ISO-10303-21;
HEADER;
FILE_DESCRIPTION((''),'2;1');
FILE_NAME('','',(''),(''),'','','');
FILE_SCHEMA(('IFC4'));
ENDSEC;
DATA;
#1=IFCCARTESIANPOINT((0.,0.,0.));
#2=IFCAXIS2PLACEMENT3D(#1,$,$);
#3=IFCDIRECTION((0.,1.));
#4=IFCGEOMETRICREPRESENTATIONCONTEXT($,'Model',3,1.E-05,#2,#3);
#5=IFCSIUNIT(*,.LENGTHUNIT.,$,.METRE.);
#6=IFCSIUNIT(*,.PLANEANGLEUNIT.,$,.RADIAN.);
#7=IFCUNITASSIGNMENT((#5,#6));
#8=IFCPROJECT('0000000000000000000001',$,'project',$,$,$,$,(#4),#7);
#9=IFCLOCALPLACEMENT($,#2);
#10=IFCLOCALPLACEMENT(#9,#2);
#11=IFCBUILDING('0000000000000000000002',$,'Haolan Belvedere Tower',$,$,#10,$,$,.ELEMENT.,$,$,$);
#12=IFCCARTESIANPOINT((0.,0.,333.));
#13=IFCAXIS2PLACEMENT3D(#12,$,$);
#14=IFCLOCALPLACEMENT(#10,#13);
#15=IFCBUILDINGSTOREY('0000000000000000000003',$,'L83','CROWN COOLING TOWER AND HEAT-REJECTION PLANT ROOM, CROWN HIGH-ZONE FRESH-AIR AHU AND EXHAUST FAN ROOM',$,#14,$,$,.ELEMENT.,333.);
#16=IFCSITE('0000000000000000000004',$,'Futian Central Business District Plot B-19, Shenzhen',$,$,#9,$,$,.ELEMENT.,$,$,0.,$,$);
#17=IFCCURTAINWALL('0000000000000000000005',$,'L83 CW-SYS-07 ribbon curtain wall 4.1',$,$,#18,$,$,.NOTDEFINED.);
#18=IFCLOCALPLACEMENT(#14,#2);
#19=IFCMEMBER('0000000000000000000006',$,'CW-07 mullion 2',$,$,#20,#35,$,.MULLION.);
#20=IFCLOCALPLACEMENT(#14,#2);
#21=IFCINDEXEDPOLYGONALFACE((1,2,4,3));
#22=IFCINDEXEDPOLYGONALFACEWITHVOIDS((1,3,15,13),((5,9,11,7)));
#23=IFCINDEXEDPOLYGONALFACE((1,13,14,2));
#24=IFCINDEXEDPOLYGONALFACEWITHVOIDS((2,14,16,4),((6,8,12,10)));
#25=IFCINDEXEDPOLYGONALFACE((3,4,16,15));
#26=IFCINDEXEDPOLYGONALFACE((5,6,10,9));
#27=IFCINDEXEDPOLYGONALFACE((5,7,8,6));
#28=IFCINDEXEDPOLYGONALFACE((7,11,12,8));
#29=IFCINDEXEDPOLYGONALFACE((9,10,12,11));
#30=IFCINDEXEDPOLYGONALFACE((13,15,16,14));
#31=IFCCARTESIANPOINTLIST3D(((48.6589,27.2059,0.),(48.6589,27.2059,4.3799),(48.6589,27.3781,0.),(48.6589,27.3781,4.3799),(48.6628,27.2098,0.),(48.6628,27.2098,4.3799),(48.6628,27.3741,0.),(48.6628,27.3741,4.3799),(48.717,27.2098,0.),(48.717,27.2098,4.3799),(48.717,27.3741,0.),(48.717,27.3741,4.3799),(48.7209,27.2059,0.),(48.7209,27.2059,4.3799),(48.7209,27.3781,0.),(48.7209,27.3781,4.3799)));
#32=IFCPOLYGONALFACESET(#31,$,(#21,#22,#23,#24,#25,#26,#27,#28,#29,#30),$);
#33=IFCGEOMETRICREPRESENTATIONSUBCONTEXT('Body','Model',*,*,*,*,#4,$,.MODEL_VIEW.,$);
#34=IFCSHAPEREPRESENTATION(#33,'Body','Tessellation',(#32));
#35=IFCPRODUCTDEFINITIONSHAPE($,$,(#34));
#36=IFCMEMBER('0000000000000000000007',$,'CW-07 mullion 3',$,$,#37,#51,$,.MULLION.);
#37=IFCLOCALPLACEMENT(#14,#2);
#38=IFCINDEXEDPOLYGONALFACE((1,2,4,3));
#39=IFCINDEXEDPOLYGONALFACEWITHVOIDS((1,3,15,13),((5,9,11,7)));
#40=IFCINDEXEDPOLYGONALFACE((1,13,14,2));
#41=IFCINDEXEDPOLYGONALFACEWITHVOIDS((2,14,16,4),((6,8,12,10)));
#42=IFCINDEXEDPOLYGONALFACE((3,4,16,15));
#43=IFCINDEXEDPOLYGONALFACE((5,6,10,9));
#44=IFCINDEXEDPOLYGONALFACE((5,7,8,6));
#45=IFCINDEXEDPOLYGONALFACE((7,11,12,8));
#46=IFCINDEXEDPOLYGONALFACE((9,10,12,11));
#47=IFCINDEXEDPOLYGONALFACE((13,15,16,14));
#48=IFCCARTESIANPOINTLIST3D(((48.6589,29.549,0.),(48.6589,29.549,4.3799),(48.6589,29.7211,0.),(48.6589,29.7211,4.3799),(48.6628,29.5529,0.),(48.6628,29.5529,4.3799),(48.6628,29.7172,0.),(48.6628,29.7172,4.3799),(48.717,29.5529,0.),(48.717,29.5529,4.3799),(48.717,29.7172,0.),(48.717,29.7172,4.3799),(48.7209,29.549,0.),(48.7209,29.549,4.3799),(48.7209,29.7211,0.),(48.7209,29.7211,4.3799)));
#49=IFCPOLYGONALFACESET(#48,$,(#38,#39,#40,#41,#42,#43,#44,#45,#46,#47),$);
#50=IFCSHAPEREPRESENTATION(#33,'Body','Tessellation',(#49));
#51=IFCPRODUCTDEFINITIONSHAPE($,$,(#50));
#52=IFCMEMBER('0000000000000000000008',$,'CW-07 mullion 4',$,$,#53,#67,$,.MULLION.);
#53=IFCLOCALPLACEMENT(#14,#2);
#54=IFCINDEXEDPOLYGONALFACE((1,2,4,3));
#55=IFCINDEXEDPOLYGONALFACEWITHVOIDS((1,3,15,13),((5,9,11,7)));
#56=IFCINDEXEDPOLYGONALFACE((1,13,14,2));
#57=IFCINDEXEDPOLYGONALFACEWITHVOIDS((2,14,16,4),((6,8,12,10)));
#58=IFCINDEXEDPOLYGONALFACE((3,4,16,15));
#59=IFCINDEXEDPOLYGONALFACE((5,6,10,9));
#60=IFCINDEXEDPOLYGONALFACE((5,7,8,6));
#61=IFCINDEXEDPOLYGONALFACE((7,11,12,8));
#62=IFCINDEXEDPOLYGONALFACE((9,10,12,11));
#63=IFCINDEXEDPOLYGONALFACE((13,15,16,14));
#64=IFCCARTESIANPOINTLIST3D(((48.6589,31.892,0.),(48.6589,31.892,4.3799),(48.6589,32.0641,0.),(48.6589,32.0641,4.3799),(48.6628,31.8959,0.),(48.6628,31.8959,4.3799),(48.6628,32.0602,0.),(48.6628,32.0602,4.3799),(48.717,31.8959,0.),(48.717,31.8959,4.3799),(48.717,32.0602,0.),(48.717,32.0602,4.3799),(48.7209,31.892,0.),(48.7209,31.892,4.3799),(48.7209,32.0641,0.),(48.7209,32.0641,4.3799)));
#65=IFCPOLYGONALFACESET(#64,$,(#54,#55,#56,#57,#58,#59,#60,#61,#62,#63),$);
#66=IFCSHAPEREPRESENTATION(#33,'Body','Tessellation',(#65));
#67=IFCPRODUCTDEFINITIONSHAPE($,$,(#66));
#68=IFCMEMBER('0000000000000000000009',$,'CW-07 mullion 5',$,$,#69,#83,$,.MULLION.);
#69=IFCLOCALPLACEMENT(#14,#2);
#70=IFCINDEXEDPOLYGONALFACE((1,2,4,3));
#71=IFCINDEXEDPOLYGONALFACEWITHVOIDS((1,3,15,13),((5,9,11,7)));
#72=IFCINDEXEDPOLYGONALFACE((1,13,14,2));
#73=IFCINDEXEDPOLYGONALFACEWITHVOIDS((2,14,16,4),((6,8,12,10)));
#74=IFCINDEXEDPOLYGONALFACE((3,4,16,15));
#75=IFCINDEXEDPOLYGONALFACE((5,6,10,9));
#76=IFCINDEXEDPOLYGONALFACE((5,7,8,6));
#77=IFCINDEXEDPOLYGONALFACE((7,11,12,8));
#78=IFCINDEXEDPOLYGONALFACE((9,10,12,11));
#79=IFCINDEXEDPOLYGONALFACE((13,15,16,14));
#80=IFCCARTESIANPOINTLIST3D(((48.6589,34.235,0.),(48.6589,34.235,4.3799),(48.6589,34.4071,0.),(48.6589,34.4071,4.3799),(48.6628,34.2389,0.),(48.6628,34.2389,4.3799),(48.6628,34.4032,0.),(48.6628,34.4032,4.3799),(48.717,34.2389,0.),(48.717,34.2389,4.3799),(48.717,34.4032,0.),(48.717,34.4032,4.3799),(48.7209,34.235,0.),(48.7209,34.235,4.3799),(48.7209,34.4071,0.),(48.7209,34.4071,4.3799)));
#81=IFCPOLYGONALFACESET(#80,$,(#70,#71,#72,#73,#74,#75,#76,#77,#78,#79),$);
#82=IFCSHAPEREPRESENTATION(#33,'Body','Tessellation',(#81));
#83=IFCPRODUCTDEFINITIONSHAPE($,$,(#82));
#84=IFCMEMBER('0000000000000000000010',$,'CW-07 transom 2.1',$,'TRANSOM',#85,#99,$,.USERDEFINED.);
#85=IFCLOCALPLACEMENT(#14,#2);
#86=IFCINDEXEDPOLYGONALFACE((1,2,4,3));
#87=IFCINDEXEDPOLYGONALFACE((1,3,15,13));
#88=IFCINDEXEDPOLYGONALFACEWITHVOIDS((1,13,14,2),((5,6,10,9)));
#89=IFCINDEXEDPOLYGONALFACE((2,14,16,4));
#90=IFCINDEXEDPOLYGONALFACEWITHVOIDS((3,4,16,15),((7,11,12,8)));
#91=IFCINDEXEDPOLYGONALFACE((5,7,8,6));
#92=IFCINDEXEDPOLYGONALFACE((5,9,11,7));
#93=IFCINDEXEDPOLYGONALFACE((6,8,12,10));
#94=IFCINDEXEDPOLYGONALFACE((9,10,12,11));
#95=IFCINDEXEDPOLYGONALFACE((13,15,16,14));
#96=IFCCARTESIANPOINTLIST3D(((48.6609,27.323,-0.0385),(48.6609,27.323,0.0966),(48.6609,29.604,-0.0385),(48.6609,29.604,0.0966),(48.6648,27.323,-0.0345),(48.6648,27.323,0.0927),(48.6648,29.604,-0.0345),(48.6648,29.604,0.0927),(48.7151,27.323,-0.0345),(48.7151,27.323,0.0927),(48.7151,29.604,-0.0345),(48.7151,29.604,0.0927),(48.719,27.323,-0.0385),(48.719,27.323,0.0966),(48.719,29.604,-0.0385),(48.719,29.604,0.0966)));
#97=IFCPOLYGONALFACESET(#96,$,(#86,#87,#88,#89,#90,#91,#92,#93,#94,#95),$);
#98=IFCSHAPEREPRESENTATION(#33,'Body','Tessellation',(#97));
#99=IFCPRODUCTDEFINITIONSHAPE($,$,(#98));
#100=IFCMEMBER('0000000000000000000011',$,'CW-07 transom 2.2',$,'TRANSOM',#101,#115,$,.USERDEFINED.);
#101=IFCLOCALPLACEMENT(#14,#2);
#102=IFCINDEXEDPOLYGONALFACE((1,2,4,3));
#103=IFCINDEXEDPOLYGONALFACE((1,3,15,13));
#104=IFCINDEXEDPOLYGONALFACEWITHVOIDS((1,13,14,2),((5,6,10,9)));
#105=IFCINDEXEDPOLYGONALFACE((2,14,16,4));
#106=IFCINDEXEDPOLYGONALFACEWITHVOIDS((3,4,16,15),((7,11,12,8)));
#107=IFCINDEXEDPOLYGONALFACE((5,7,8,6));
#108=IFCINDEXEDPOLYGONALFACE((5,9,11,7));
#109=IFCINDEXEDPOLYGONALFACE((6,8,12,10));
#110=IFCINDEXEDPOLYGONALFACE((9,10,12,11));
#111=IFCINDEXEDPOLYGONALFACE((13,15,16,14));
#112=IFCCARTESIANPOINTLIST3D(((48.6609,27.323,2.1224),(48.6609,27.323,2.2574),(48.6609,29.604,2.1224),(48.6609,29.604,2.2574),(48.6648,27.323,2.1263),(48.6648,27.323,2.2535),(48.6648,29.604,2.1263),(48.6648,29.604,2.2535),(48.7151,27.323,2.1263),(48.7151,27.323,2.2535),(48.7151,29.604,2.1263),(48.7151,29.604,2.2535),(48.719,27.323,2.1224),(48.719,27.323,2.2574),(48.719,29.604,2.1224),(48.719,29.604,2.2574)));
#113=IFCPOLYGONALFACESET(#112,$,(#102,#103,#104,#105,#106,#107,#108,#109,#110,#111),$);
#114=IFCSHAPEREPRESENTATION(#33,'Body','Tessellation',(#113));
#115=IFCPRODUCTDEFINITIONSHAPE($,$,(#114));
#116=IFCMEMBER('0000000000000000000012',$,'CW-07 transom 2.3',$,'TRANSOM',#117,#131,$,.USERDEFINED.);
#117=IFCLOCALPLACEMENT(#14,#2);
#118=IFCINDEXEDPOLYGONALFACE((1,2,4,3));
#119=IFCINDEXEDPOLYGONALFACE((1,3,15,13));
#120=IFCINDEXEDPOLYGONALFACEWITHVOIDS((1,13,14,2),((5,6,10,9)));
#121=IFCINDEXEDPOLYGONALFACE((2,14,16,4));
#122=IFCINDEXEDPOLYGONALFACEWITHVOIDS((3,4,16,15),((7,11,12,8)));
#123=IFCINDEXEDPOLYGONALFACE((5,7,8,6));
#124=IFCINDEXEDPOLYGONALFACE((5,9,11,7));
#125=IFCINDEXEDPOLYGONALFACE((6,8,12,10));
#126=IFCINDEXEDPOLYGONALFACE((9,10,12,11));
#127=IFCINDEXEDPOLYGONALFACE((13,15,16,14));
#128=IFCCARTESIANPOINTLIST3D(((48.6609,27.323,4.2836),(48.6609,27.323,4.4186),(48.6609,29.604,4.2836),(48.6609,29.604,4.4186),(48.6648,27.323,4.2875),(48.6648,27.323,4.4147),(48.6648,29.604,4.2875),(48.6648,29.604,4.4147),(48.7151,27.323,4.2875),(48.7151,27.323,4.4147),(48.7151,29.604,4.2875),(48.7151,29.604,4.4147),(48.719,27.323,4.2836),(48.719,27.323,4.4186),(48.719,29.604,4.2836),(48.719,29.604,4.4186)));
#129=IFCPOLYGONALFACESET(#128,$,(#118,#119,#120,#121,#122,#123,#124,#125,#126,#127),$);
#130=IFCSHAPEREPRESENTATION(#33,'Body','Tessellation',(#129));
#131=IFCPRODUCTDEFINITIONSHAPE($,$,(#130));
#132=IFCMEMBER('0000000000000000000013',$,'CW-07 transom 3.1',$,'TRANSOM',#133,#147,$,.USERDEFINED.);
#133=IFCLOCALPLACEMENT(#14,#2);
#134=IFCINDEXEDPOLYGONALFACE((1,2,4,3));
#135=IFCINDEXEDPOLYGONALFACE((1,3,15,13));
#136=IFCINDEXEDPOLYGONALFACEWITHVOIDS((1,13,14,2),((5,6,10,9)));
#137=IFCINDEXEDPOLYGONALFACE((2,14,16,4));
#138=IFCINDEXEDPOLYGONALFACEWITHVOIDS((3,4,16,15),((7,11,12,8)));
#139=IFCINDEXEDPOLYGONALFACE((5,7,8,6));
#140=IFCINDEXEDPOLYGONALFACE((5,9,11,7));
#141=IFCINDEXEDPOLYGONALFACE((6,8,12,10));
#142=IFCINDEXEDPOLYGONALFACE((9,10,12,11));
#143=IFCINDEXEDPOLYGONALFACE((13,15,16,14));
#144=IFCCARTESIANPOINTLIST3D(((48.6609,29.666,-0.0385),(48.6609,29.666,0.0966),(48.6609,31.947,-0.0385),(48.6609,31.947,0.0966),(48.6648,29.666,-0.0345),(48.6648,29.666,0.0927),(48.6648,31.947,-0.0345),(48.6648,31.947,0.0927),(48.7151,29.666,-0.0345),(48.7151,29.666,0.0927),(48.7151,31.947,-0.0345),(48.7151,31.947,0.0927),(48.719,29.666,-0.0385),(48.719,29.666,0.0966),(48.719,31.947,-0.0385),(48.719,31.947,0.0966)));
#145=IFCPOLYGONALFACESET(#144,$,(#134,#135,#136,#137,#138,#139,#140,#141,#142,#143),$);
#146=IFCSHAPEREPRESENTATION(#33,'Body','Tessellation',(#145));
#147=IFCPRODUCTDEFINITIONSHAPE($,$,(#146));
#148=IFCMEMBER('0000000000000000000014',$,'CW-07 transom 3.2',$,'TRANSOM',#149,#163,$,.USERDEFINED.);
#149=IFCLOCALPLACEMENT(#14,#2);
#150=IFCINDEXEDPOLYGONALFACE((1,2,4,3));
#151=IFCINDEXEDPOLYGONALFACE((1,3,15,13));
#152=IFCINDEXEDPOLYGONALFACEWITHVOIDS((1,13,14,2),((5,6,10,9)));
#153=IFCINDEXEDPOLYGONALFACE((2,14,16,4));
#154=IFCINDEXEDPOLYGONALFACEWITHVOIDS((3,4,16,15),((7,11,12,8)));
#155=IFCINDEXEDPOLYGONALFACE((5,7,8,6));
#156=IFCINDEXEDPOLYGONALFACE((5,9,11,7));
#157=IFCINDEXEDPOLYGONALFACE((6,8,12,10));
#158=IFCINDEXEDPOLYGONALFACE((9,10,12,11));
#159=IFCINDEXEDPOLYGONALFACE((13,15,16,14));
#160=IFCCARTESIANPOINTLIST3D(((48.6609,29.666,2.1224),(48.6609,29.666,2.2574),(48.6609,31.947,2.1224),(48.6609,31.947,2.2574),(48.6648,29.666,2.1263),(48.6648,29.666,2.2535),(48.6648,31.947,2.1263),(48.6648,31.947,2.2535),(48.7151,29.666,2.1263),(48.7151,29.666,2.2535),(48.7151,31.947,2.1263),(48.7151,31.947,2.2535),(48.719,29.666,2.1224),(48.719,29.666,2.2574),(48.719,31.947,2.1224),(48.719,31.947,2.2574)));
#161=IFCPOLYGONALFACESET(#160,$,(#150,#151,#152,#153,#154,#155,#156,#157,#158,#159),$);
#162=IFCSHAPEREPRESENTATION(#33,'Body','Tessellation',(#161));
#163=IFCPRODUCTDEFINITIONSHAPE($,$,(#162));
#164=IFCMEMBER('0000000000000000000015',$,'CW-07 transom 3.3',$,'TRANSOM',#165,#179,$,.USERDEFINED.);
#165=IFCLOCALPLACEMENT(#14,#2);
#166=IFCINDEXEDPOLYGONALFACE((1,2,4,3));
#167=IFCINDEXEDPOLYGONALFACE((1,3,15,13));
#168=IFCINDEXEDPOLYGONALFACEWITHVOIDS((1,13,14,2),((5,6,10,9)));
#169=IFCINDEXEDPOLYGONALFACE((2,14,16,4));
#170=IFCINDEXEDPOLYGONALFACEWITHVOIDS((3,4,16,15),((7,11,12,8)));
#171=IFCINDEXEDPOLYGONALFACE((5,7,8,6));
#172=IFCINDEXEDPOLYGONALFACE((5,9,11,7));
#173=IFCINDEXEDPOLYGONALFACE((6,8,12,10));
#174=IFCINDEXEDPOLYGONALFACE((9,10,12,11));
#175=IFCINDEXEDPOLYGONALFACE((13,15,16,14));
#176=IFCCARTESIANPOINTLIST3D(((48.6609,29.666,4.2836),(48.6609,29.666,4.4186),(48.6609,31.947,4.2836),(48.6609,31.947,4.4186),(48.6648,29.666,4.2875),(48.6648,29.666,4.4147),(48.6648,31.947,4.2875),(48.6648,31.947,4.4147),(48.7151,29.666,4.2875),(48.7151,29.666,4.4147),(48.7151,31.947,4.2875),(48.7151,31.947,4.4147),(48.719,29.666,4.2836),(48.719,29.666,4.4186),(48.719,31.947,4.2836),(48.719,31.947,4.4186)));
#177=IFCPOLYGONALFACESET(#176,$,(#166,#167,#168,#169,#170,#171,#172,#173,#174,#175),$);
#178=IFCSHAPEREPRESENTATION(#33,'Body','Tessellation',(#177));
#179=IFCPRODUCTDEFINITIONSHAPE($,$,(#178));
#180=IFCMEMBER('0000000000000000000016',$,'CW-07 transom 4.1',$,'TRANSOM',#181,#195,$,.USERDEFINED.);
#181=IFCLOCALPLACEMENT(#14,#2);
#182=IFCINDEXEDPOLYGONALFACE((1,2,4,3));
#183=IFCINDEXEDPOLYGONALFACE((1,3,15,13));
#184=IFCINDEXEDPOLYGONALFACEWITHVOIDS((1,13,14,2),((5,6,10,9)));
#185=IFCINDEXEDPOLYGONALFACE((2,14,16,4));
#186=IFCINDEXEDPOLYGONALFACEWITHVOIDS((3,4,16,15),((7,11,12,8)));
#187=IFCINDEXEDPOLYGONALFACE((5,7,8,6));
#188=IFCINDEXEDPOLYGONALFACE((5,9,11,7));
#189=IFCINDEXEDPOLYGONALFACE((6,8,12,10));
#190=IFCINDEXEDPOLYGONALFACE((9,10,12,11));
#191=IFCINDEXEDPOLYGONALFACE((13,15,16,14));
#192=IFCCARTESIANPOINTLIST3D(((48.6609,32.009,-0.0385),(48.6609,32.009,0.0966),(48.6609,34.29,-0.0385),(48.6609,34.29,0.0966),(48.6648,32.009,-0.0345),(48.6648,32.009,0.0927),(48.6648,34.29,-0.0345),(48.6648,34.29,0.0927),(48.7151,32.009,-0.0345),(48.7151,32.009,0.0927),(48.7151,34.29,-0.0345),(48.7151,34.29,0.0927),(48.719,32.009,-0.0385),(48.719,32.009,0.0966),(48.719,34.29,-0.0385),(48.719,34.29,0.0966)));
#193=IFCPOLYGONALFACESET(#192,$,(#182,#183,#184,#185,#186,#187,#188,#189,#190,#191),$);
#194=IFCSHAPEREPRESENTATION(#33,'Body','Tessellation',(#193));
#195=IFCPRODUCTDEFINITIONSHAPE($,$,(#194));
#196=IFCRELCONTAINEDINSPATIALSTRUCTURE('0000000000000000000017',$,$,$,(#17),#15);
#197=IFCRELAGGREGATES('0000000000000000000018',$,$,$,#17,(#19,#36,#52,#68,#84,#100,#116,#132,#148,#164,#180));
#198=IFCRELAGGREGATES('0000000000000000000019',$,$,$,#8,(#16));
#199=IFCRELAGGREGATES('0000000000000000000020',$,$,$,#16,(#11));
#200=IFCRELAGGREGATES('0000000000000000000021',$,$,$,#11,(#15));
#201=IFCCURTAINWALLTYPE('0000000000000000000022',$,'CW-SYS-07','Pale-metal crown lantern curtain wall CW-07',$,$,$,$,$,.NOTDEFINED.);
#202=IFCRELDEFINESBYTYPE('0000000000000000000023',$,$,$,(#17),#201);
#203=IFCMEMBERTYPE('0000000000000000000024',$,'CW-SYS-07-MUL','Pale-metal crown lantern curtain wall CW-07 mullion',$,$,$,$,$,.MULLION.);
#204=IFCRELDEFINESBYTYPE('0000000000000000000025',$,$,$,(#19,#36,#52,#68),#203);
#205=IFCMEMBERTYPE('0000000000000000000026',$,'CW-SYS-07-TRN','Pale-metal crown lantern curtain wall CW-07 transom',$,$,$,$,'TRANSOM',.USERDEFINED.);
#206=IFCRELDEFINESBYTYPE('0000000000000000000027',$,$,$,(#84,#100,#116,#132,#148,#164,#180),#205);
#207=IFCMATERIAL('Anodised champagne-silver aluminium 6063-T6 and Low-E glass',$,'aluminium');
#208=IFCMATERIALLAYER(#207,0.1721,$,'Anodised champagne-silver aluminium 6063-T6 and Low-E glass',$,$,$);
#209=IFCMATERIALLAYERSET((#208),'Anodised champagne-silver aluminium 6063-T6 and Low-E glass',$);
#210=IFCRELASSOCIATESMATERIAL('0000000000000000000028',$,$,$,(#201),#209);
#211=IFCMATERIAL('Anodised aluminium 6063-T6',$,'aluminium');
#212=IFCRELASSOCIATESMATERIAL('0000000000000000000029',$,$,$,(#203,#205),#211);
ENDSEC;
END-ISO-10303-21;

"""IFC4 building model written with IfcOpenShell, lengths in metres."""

from ifc_helpers import new_model, si_unit, direction, frame, origin, origin_2d, place, context, subcontext, project, spatial, hollow_rectangle, extrude, material, layer, layer_set, material_profile, profile_set, type_object, element, aggregate, save


model = new_model("IFC4")

# Units and contexts
model_context = context("Model", 3, precision=1e-05, world=origin(), true_north=direction((0.0, 1.0)))
body_context = subcontext(model_context, "Body", "Model", "MODEL_VIEW")
ifc_project = project(units=[si_unit("LENGTHUNIT", "METRE"), si_unit("PLANEANGLEUNIT", "RADIAN")], contexts=[model_context])

# Site, building, storey
site_placement = place(None, origin())
site = spatial("IfcSite", under=ifc_project, at=site_placement, Name="Futian Central Business District Plot B-19, Shenzhen", CompositionType="ELEMENT", RefElevation=0.0)
building_placement = place(site_placement, origin())
building = spatial("IfcBuilding", under=site, at=building_placement, Name="Haolan Belvedere Tower", CompositionType="ELEMENT")
storey_placement = place(building_placement, frame((0.0, 0.0, 333.0)))
storey = spatial("IfcBuildingStorey", under=building, at=storey_placement, Name="L83", Description="CROWN COOLING TOWER AND HEAT-REJECTION PLANT ROOM, CROWN HIGH-ZONE FRESH-AIR AHU AND EXHAUST FAN ROOM", CompositionType="ELEMENT", Elevation=333.0)

# Curtain wall, members
ifc_material_1 = material(Name="Anodised champagne-silver aluminium 6063-T6 and Low-E glass", Category="aluminium")
ifc_layer_1 = layer(ifc_material_1, 0.1721, Name="Anodised champagne-silver aluminium 6063-T6 and Low-E glass")
ifc_layer_set_1 = layer_set([ifc_layer_1], Name="Anodised champagne-silver aluminium 6063-T6 and Low-E glass")
curtain_wall_type = type_object("IfcCurtainWallType", Name="CW-SYS-07", Description="Pale-metal crown lantern curtain wall CW-07", PredefinedType="NOTDEFINED", material=ifc_layer_set_1)
curtain_wall_placement = place(storey_placement, origin())
curtain_wall = element("IfcCurtainWall", 1, at=curtain_wall_placement, inside=storey, type_object=curtain_wall_type, Name="L83 CW-SYS-07 ribbon curtain wall 4.1", PredefinedType="NOTDEFINED")
ifc_material_2 = material(Name="Anodised aluminium 6063-T6", Category="aluminium")
ifc_material_profile_1 = material_profile(ifc_material_2, hollow_rectangle(XDim=0.062, YDim=0.1721, WallThickness=0.0039, at=origin_2d()), Name="Anodised aluminium 6063-T6")
ifc_profile_set_1 = profile_set([ifc_material_profile_1], Name="Anodised aluminium 6063-T6")
member_type_1 = type_object("IfcMemberType", Name="CW-SYS-07-MUL", Description="Pale-metal crown lantern curtain wall CW-07 mullion", PredefinedType="MULLION", material=ifc_profile_set_1)
member_1_placement = place(storey_placement, frame((48.6899, 27.292, 0.0), z_axis=(0.0, 0.0, 1.0), x_axis=(-1.0, 0.0, 0.0)))
member_1 = element("IfcMember", 2, at=member_1_placement, type_object=member_type_1, Name="CW-07 mullion 2", PredefinedType="MULLION", context=body_context, shape_type="SweptSolid", body=[
    extrude(hollow_rectangle(XDim=0.062, YDim=0.1721, WallThickness=0.0039, at=origin_2d()), origin(), (0.0, 0.0, 1.0), 4.3799),
])
member_2_placement = place(storey_placement, frame((48.6899, 29.635, 0.0), z_axis=(0.0, 0.0, 1.0), x_axis=(-1.0, 0.0, 0.0)))
member_2 = element("IfcMember", 3, at=member_2_placement, type_object=member_type_1, Name="CW-07 mullion 3", PredefinedType="MULLION", context=body_context, shape_type="SweptSolid", body=[
    extrude(hollow_rectangle(XDim=0.062, YDim=0.1721, WallThickness=0.0039, at=origin_2d()), origin(), (0.0, 0.0, 1.0), 4.3799),
])
member_3_placement = place(storey_placement, frame((48.6899, 31.978, 0.0), z_axis=(0.0, 0.0, 1.0), x_axis=(-1.0, 0.0, 0.0)))
member_3 = element("IfcMember", 4, at=member_3_placement, type_object=member_type_1, Name="CW-07 mullion 4", PredefinedType="MULLION", context=body_context, shape_type="SweptSolid", body=[
    extrude(hollow_rectangle(XDim=0.062, YDim=0.1721, WallThickness=0.0039, at=origin_2d()), origin(), (0.0, 0.0, 1.0), 4.3799),
])
member_4_placement = place(storey_placement, frame((48.6899, 34.321, 0.0), z_axis=(0.0, 0.0, 1.0), x_axis=(-1.0, 0.0, 0.0)))
member_4 = element("IfcMember", 5, at=member_4_placement, type_object=member_type_1, Name="CW-07 mullion 5", PredefinedType="MULLION", context=body_context, shape_type="SweptSolid", body=[
    extrude(hollow_rectangle(XDim=0.062, YDim=0.1721, WallThickness=0.0039, at=origin_2d()), origin(), (0.0, 0.0, 1.0), 4.3799),
])
ifc_material_profile_2 = material_profile(ifc_material_2, hollow_rectangle(XDim=0.0581, YDim=0.135, WallThickness=0.0039, at=origin_2d()), Name="Anodised aluminium 6063-T6")
ifc_profile_set_2 = profile_set([ifc_material_profile_2], Name="Anodised aluminium 6063-T6")
member_type_2 = type_object("IfcMemberType", Name="CW-SYS-07-TRN", Description="Pale-metal crown lantern curtain wall CW-07 transom", ElementType="TRANSOM", PredefinedType="USERDEFINED", material=ifc_profile_set_2)
member_5_placement = place(storey_placement, frame((48.6899, 27.323, 0.0291), z_axis=(0.0, 1.0, 0.0), x_axis=(-1.0, 0.0, 0.0)))
member_5 = element("IfcMember", 6, at=member_5_placement, type_object=member_type_2, Name="CW-07 transom 2.1", ObjectType="TRANSOM", PredefinedType="USERDEFINED", context=body_context, shape_type="SweptSolid", body=[
    extrude(hollow_rectangle(XDim=0.0581, YDim=0.135, WallThickness=0.0039, at=origin_2d()), origin(), (0.0, 0.0, 1.0), 2.281),
])
member_6_placement = place(storey_placement, frame((48.6899, 27.323, 2.1899), z_axis=(0.0, 1.0, 0.0), x_axis=(-1.0, 0.0, 0.0)))
member_6 = element("IfcMember", 7, at=member_6_placement, type_object=member_type_2, Name="CW-07 transom 2.2", ObjectType="TRANSOM", PredefinedType="USERDEFINED", context=body_context, shape_type="SweptSolid", body=[
    extrude(hollow_rectangle(XDim=0.0581, YDim=0.135, WallThickness=0.0039, at=origin_2d()), origin(), (0.0, 0.0, 1.0), 2.281),
])
member_7_placement = place(storey_placement, frame((48.6899, 27.323, 4.3511), z_axis=(0.0, 1.0, 0.0), x_axis=(-1.0, 0.0, 0.0)))
member_7 = element("IfcMember", 8, at=member_7_placement, type_object=member_type_2, Name="CW-07 transom 2.3", ObjectType="TRANSOM", PredefinedType="USERDEFINED", context=body_context, shape_type="SweptSolid", body=[
    extrude(hollow_rectangle(XDim=0.0581, YDim=0.135, WallThickness=0.0039, at=origin_2d()), origin(), (0.0, 0.0, 1.0), 2.281),
])
member_8_placement = place(storey_placement, frame((48.6899, 29.666, 0.0291), z_axis=(0.0, 1.0, 0.0), x_axis=(-1.0, 0.0, 0.0)))
member_8 = element("IfcMember", 9, at=member_8_placement, type_object=member_type_2, Name="CW-07 transom 3.1", ObjectType="TRANSOM", PredefinedType="USERDEFINED", context=body_context, shape_type="SweptSolid", body=[
    extrude(hollow_rectangle(XDim=0.0581, YDim=0.135, WallThickness=0.0039, at=origin_2d()), origin(), (0.0, 0.0, 1.0), 2.281),
])
member_9_placement = place(storey_placement, frame((48.6899, 29.666, 2.1899), z_axis=(0.0, 1.0, 0.0), x_axis=(-1.0, 0.0, 0.0)))
member_9 = element("IfcMember", 10, at=member_9_placement, type_object=member_type_2, Name="CW-07 transom 3.2", ObjectType="TRANSOM", PredefinedType="USERDEFINED", context=body_context, shape_type="SweptSolid", body=[
    extrude(hollow_rectangle(XDim=0.0581, YDim=0.135, WallThickness=0.0039, at=origin_2d()), origin(), (0.0, 0.0, 1.0), 2.281),
])
member_10_placement = place(storey_placement, frame((48.6899, 29.666, 4.3511), z_axis=(0.0, 1.0, 0.0), x_axis=(-1.0, 0.0, 0.0)))
member_10 = element("IfcMember", 11, at=member_10_placement, type_object=member_type_2, Name="CW-07 transom 3.3", ObjectType="TRANSOM", PredefinedType="USERDEFINED", context=body_context, shape_type="SweptSolid", body=[
    extrude(hollow_rectangle(XDim=0.0581, YDim=0.135, WallThickness=0.0039, at=origin_2d()), origin(), (0.0, 0.0, 1.0), 2.281),
])
member_11_placement = place(storey_placement, frame((48.6899, 32.009, 0.0291), z_axis=(0.0, 1.0, 0.0), x_axis=(-1.0, 0.0, 0.0)))
member_11 = element("IfcMember", 12, at=member_11_placement, type_object=member_type_2, Name="CW-07 transom 4.1", ObjectType="TRANSOM", PredefinedType="USERDEFINED", context=body_context, shape_type="SweptSolid", body=[
    extrude(hollow_rectangle(XDim=0.0581, YDim=0.135, WallThickness=0.0039, at=origin_2d()), origin(), (0.0, 0.0, 1.0), 2.281),
])
aggregate(curtain_wall, [member_1, member_2, member_3, member_4, member_5, member_6, member_7, member_8, member_9, member_10, member_11])

save(model, "model.ifc")
